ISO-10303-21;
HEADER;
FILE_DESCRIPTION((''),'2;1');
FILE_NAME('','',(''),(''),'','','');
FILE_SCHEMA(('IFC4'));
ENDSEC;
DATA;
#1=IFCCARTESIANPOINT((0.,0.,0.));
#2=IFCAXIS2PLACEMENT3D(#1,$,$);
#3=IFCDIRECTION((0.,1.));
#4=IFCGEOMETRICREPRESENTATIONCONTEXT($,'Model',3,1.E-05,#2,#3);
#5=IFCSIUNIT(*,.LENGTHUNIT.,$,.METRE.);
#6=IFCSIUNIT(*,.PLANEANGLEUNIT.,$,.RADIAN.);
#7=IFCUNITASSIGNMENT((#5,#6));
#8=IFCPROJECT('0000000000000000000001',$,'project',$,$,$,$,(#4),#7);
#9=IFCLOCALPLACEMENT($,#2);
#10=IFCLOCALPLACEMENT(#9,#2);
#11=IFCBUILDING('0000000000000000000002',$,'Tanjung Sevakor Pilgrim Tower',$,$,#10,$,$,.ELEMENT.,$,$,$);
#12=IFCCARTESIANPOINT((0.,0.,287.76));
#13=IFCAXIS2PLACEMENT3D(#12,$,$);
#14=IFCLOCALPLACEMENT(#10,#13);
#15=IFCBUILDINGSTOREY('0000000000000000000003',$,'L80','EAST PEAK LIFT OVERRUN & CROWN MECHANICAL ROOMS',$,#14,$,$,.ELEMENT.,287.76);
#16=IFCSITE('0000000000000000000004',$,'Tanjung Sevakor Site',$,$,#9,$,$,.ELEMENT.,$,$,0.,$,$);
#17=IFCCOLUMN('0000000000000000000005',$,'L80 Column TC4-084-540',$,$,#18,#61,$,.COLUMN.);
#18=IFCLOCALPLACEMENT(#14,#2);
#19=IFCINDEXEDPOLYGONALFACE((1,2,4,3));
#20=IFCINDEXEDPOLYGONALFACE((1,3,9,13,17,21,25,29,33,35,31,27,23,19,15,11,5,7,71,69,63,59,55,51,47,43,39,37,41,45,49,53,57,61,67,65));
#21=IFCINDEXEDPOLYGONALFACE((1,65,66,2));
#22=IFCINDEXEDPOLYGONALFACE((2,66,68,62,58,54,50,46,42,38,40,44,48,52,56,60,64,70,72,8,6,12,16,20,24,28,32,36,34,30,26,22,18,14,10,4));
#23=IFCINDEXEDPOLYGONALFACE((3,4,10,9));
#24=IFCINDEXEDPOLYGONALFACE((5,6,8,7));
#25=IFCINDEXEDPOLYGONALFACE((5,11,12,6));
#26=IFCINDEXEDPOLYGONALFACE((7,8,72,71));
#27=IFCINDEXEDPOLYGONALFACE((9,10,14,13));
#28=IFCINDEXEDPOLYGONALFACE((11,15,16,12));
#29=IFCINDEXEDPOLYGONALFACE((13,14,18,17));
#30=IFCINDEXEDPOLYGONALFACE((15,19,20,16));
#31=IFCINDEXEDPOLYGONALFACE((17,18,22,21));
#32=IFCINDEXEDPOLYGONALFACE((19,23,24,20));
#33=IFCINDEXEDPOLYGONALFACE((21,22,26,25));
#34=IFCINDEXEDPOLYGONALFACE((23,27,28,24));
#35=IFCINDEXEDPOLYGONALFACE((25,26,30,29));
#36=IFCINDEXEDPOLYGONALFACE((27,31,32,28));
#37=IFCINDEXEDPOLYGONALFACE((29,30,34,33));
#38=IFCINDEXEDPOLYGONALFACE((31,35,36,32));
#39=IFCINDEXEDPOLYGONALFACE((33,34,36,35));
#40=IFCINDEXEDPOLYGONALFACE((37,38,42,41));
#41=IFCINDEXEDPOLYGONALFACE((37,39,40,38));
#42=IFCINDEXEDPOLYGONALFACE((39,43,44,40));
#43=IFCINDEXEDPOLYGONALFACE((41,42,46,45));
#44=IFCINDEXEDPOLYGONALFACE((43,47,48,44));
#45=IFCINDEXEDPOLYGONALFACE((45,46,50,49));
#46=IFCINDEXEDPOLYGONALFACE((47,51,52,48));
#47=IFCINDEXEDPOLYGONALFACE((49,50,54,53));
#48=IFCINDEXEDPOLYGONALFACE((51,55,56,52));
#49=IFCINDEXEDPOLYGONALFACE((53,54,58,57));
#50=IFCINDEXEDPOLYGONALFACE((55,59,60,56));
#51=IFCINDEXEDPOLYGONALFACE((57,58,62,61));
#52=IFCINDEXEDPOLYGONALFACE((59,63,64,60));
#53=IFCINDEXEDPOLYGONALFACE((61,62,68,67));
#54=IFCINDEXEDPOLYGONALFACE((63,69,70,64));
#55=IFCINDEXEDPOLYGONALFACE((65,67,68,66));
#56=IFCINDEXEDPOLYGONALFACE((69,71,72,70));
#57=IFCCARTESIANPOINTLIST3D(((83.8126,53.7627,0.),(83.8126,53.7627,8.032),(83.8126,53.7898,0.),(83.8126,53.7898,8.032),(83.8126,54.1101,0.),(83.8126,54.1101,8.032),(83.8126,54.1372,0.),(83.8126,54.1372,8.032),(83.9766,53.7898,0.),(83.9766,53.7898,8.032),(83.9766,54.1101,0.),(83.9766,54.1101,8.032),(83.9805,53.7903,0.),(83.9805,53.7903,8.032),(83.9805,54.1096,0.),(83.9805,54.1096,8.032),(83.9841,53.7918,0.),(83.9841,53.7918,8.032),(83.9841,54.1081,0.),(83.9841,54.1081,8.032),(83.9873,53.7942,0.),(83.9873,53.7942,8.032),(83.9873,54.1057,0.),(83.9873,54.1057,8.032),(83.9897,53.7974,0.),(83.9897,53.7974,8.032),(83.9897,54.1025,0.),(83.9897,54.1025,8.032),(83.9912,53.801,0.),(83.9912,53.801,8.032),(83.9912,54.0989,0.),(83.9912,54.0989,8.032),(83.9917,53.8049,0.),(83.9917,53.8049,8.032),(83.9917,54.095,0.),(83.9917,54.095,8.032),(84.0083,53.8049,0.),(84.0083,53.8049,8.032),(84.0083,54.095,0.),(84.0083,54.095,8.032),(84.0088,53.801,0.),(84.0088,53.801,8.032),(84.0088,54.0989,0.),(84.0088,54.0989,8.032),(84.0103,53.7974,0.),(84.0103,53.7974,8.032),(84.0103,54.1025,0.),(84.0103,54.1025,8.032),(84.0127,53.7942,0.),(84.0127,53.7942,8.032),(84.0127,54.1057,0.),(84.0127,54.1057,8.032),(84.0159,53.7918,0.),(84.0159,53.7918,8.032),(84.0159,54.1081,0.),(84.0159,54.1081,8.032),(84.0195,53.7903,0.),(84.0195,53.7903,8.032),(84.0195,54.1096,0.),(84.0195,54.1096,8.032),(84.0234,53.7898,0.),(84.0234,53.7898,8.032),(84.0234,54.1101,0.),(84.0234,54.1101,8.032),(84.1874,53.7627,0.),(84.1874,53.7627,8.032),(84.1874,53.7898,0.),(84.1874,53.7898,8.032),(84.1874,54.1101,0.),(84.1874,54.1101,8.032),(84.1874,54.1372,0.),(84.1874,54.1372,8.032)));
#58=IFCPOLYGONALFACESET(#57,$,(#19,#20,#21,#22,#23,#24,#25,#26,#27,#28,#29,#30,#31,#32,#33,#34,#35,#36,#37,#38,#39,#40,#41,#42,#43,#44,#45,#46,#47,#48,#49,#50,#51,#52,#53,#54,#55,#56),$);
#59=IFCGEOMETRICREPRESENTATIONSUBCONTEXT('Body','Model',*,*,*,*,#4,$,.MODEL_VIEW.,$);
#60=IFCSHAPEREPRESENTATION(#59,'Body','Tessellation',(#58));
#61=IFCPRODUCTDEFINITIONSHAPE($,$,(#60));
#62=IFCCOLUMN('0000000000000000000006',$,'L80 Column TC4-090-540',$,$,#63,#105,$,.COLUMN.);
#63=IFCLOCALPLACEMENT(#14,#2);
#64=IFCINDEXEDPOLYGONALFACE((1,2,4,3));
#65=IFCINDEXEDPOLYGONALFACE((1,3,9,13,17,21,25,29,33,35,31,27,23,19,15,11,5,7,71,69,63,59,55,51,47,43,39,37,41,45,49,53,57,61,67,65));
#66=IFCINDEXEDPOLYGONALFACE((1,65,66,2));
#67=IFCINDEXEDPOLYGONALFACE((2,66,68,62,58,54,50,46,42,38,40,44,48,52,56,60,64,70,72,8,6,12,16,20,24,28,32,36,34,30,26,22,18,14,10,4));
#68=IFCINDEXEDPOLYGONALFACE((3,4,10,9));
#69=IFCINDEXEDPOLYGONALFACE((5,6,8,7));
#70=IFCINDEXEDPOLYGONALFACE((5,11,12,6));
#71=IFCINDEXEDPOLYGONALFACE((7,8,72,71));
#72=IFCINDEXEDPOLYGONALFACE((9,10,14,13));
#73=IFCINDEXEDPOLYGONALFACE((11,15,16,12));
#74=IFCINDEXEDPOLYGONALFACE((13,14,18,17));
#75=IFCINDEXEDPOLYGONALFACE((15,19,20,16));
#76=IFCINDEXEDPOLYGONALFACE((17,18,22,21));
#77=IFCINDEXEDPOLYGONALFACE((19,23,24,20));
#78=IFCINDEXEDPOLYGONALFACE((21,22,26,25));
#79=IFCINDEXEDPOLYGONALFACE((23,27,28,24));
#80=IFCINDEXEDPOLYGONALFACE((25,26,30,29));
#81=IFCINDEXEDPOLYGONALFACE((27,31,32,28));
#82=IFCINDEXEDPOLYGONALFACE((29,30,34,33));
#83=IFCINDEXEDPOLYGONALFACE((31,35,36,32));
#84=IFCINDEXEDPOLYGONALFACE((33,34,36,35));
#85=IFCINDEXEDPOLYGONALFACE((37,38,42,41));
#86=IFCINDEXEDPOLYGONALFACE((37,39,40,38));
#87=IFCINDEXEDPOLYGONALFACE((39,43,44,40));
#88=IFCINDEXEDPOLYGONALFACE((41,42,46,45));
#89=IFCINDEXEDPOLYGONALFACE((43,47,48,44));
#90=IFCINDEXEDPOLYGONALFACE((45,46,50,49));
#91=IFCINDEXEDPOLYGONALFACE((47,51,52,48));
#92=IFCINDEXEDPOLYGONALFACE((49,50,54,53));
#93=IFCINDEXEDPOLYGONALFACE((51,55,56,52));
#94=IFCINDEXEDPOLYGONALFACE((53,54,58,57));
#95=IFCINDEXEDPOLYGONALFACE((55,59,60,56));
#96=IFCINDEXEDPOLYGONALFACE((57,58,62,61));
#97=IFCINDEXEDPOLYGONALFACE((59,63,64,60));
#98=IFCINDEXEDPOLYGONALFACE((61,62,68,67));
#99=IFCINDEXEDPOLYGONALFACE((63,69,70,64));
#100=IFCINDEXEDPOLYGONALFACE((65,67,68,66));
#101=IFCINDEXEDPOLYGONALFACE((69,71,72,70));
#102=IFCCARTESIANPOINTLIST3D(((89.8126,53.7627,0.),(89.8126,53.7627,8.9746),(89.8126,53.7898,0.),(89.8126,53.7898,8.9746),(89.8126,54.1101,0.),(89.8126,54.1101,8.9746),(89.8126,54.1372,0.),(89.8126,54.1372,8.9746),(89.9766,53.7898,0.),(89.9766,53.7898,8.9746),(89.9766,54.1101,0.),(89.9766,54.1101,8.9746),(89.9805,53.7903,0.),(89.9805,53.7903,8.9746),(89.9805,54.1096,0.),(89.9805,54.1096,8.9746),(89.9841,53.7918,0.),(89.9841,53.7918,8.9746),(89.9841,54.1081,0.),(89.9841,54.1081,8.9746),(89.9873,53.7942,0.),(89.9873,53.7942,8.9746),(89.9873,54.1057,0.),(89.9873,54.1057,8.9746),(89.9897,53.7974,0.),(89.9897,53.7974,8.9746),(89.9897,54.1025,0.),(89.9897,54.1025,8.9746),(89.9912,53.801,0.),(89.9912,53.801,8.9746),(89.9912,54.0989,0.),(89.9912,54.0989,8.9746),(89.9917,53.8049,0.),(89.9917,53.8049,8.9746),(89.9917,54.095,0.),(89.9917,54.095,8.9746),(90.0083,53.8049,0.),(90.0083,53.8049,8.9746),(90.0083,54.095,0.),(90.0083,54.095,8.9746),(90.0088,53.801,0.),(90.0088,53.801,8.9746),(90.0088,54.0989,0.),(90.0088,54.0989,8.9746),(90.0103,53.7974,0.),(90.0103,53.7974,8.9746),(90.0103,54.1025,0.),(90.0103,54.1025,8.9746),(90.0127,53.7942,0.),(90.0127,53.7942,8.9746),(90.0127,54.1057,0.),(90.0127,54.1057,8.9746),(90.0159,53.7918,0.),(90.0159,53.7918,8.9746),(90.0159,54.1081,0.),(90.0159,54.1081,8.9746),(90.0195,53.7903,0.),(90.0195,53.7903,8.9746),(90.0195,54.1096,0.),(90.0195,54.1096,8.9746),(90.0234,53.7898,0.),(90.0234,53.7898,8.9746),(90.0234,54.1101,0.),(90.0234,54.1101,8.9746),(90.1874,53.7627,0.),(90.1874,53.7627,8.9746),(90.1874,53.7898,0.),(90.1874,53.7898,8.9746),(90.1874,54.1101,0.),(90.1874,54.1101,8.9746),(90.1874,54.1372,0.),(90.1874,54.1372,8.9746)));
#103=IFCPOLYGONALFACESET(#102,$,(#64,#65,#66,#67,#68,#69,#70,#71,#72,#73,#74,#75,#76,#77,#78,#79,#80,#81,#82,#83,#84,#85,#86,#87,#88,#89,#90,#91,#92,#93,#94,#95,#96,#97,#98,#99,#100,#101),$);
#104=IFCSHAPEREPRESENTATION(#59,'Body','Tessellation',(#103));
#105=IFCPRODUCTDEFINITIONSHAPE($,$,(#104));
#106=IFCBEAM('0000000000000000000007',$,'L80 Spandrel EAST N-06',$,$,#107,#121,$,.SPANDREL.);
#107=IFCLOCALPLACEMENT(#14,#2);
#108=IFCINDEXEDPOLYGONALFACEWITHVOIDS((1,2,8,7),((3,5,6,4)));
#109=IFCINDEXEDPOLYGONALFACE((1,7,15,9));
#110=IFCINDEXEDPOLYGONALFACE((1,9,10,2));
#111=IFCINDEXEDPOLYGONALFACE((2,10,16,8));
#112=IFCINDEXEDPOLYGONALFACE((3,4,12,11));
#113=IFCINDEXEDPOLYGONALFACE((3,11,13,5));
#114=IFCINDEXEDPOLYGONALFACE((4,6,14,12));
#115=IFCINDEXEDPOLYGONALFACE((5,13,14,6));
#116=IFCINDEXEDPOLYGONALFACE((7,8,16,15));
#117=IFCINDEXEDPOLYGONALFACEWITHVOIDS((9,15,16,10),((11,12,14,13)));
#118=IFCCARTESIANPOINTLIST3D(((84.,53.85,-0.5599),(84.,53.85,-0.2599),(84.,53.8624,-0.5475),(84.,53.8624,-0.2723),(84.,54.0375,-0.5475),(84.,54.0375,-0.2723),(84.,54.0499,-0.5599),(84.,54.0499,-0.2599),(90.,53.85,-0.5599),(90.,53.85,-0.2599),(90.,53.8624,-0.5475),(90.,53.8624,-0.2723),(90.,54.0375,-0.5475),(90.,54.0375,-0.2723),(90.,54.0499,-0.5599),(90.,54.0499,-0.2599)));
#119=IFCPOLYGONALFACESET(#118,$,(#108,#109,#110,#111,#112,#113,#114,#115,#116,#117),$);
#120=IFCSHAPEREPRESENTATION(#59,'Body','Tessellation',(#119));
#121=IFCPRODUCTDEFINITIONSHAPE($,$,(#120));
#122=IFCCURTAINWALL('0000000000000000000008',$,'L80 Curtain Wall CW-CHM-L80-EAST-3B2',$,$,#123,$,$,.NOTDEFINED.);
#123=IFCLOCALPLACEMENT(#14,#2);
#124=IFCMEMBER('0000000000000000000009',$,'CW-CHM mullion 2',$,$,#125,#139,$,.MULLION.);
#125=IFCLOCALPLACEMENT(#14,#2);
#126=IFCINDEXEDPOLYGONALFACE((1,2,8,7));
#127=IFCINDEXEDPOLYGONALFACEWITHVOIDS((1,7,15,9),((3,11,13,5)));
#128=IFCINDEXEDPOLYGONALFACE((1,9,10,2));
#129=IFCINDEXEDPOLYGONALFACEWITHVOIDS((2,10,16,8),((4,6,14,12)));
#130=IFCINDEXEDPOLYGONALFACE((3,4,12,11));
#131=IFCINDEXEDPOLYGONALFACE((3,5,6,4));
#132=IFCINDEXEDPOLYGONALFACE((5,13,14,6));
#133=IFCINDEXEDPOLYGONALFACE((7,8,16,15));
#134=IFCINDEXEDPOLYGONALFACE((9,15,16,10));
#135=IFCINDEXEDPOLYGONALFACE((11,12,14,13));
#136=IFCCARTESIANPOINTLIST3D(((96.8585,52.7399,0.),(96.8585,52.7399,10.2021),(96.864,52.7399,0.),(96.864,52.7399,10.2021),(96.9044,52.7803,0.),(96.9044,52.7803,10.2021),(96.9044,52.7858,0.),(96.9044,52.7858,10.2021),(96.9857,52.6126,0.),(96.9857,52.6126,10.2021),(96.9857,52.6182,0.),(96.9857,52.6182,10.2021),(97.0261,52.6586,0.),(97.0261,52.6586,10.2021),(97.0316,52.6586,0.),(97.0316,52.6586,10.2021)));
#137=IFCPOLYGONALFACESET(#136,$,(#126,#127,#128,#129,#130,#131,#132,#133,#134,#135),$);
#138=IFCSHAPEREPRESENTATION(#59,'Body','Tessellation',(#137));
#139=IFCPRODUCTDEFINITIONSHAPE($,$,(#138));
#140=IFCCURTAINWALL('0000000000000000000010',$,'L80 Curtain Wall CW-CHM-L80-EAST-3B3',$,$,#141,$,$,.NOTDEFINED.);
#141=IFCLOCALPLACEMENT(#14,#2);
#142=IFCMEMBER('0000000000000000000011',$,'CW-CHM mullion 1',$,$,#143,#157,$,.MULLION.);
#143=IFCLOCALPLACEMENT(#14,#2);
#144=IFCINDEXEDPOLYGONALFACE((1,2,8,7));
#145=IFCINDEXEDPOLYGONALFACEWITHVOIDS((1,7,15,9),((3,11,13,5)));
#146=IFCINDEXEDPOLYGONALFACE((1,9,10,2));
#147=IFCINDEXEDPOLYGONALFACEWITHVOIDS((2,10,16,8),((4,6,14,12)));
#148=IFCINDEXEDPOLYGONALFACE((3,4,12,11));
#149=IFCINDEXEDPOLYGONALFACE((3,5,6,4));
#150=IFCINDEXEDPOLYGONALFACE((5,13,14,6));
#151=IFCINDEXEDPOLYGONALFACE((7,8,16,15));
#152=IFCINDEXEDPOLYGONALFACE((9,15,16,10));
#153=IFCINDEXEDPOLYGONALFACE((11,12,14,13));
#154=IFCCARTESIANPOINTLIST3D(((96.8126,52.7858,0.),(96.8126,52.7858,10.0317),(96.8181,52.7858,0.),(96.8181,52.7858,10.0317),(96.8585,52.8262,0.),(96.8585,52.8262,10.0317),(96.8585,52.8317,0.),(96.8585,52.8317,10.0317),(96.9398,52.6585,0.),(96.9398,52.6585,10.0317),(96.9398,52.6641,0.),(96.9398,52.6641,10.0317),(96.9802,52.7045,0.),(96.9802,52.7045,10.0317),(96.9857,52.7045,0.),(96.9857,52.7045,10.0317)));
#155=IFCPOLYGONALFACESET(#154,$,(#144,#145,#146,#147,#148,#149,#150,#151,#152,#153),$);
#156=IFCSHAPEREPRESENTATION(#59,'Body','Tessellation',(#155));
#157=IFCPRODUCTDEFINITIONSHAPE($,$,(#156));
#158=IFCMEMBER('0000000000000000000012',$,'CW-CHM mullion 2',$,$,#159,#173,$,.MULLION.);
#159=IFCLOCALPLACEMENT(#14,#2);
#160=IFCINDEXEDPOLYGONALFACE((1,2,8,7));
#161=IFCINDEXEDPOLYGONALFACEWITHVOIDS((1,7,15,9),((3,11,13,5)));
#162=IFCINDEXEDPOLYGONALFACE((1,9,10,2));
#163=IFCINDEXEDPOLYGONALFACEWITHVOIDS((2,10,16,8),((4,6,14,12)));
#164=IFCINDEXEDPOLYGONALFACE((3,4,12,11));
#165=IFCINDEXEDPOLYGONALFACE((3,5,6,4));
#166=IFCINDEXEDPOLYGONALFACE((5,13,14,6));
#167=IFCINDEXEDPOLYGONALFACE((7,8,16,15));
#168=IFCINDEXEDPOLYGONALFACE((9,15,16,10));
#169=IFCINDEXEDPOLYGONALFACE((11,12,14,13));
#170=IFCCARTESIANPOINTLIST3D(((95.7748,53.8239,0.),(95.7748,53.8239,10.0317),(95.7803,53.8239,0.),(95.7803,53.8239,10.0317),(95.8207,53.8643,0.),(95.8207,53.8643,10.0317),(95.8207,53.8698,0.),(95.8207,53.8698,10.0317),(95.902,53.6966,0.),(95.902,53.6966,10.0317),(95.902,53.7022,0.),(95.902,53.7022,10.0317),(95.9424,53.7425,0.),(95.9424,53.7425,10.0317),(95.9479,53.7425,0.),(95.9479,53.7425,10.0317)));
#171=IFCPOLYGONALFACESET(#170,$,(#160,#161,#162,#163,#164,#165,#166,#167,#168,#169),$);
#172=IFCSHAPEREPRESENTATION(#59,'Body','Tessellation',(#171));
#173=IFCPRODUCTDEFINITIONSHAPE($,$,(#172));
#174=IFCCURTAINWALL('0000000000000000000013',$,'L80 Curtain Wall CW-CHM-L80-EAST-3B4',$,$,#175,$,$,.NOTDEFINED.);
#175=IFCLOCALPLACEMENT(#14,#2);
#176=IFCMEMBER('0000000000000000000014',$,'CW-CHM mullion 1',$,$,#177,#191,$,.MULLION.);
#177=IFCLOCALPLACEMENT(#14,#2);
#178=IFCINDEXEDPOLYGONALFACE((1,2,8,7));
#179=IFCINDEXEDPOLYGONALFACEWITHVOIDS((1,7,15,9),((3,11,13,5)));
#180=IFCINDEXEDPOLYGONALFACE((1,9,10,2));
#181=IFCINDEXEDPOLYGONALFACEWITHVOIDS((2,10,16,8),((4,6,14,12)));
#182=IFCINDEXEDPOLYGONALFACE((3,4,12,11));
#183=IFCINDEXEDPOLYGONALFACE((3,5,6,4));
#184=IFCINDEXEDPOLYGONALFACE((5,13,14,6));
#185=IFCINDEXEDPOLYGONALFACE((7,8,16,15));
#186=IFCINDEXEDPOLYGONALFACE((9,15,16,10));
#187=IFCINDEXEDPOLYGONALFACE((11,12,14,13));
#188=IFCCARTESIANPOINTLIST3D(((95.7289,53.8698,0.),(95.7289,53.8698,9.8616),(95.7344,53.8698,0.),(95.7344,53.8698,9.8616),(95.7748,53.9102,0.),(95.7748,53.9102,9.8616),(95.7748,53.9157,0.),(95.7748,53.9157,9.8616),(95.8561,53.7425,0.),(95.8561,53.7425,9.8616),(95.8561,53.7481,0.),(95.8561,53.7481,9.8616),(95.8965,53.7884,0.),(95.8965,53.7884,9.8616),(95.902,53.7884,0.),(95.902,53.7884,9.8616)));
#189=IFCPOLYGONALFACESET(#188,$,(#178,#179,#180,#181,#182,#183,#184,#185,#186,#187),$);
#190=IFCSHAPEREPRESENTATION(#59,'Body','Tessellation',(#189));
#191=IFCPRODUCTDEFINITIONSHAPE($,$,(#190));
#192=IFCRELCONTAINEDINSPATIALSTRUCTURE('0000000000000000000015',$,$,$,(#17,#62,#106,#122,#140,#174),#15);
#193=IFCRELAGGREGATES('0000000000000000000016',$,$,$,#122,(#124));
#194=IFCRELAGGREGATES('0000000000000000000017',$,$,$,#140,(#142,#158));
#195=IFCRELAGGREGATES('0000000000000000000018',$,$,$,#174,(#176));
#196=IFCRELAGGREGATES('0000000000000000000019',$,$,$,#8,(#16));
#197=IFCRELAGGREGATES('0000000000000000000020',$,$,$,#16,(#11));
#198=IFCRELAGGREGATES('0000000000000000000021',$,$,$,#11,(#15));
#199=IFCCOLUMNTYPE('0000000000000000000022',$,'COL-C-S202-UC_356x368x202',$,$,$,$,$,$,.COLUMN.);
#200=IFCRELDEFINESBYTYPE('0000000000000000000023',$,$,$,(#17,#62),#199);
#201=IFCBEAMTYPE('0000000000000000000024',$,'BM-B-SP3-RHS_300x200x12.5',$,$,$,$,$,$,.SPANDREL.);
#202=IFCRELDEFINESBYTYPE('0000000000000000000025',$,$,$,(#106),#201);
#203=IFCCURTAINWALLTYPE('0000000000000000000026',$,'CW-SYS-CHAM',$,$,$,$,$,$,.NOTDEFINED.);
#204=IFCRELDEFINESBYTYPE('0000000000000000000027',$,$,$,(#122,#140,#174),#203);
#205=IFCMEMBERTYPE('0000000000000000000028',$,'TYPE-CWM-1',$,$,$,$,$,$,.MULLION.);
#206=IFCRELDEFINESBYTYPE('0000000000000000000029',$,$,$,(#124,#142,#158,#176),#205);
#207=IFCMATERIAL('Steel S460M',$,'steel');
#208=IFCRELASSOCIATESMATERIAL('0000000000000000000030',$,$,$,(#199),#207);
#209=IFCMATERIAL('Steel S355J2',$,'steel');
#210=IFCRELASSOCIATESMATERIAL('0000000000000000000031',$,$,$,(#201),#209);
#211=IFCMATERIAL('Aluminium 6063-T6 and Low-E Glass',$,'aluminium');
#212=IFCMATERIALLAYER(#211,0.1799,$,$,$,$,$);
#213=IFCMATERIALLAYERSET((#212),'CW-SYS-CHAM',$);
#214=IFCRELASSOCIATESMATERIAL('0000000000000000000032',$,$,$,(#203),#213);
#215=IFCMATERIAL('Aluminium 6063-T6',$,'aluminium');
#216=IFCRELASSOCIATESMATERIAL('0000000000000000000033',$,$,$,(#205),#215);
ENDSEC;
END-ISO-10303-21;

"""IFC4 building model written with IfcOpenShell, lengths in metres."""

from ifc_helpers import new_model, si_unit, direction, frame, origin, origin_2d, place, context, subcontext, project, spatial, hollow_rectangle, i_section, extrude, material, layer, layer_set, material_profile, profile_set, type_object, element, aggregate, save


model = new_model("IFC4")

# Units and contexts
model_context = context("Model", 3, precision=1e-05, world=origin(), true_north=direction((0.0, 1.0)))
body_context = subcontext(model_context, "Body", "Model", "MODEL_VIEW")
ifc_project = project(units=[si_unit("LENGTHUNIT", "METRE"), si_unit("PLANEANGLEUNIT", "RADIAN")], contexts=[model_context])

# Site, building, storey
site_placement = place(None, origin())
site = spatial("IfcSite", under=ifc_project, at=site_placement, Name="Tanjung Sevakor Site", CompositionType="ELEMENT", RefElevation=0.0)
building_placement = place(site_placement, origin())
building = spatial("IfcBuilding", under=site, at=building_placement, Name="Tanjung Sevakor Pilgrim Tower", CompositionType="ELEMENT")
storey_placement = place(building_placement, frame((0.0, 0.0, 287.76)))
storey = spatial("IfcBuildingStorey", under=building, at=storey_placement, Name="L80", Description="EAST PEAK LIFT OVERRUN & CROWN MECHANICAL ROOMS", CompositionType="ELEMENT", Elevation=287.76)

# Columns
ifc_material_1 = material(Name="Steel S460M", Category="steel")
ifc_material_profile_1 = material_profile(ifc_material_1, i_section(OverallWidth=0.3748, OverallDepth=0.3745, WebThickness=0.0166, FlangeThickness=0.0271, FilletRadius=0.0151, at=origin_2d()))
ifc_profile_set_1 = profile_set([ifc_material_profile_1], Name="Steel S460M")
column_type = type_object("IfcColumnType", Name="COL-C-S202-UC_356x368x202", PredefinedType="COLUMN", material=ifc_profile_set_1)
column_1_placement = place(storey_placement, frame((84.0, 53.95, 0.0), z_axis=(0.0, 0.0, 1.0), x_axis=(1.0, 0.0, 0.0)))
element("IfcColumn", 1, at=column_1_placement, inside=storey, type_object=column_type, Name="L80 Column TC4-084-540", PredefinedType="COLUMN", context=body_context, shape_type="SweptSolid", body=[
    extrude(i_section(OverallWidth=0.3748, OverallDepth=0.3745, WebThickness=0.0166, FlangeThickness=0.0271, FilletRadius=0.0151, at=origin_2d()), origin(), (0.0, 0.0, 1.0), 8.032),
])
column_2_placement = place(storey_placement, frame((90.0, 53.95, 0.0), z_axis=(0.0, 0.0, 1.0), x_axis=(1.0, 0.0, 0.0)))
element("IfcColumn", 2, at=column_2_placement, inside=storey, type_object=column_type, Name="L80 Column TC4-090-540", PredefinedType="COLUMN", context=body_context, shape_type="SweptSolid", body=[
    extrude(i_section(OverallWidth=0.3748, OverallDepth=0.3745, WebThickness=0.0166, FlangeThickness=0.0271, FilletRadius=0.0151, at=origin_2d()), origin(), (0.0, 0.0, 1.0), 8.9746),
])

# Beam
ifc_material_2 = material(Name="Steel S355J2", Category="steel")
ifc_material_profile_2 = material_profile(ifc_material_2, hollow_rectangle(XDim=0.2, YDim=0.3, WallThickness=0.0125, at=origin_2d()))
ifc_profile_set_2 = profile_set([ifc_material_profile_2], Name="Steel S355J2")
beam_type = type_object("IfcBeamType", Name="BM-B-SP3-RHS_300x200x12.5", PredefinedType="SPANDREL", material=ifc_profile_set_2)
beam_placement = place(storey_placement, frame((84.0, 53.95, -0.4099), z_axis=(1.0, 0.0, 0.0), x_axis=(0.0, 1.0, 0.0)))
element("IfcBeam", 3, at=beam_placement, inside=storey, type_object=beam_type, Name="L80 Spandrel EAST N-06", PredefinedType="SPANDREL", context=body_context, shape_type="SweptSolid", body=[
    extrude(hollow_rectangle(XDim=0.2, YDim=0.3, WallThickness=0.0125, at=origin_2d()), origin(), (0.0, 0.0, 1.0), 6.0),
])

# Curtain wall, member
ifc_material_3 = material(Name="Aluminium 6063-T6 and Low-E Glass", Category="aluminium")
ifc_layer_1 = layer(ifc_material_3, 0.1799)
ifc_layer_set_1 = layer_set([ifc_layer_1], Name="CW-SYS-CHAM")
curtain_wall_type_1 = type_object("IfcCurtainWallType", Name="CW-SYS-CHAM", PredefinedType="NOTDEFINED", material=ifc_layer_set_1)
curtain_wall_1_placement = place(storey_placement, origin())
curtain_wall_1 = element("IfcCurtainWall", 4, at=curtain_wall_1_placement, inside=storey, type_object=curtain_wall_type_1, Name="L80 Curtain Wall CW-CHM-L80-EAST-3B2", PredefinedType="NOTDEFINED")
ifc_material_4 = material(Name="Aluminium 6063-T6", Category="aluminium")
ifc_material_profile_3 = material_profile(ifc_material_4, hollow_rectangle(XDim=0.0649, YDim=0.1799, WallThickness=0.0039, at=origin_2d()))
ifc_profile_set_3 = profile_set([ifc_material_profile_3], Name="Aluminium 6063-T6")
member_type_1 = type_object("IfcMemberType", Name="TYPE-CWM-1", PredefinedType="MULLION", material=ifc_profile_set_3)
member_1_placement = place(storey_placement, frame((96.9451, 52.6992, 0.0), z_axis=(0.0, 0.0, 1.0), x_axis=(-0.707107, -0.707107, 0.0)))
member_1 = element("IfcMember", 5, at=member_1_placement, type_object=member_type_1, Name="CW-CHM mullion 2", PredefinedType="MULLION", context=body_context, shape_type="SweptSolid", body=[
    extrude(hollow_rectangle(XDim=0.0649, YDim=0.1799, WallThickness=0.0039, at=origin_2d()), origin(), (0.0, 0.0, 1.0), 10.2021),
])

# Curtain walls, members
curtain_wall_2_placement = place(storey_placement, origin())
curtain_wall_2 = element("IfcCurtainWall", 6, at=curtain_wall_2_placement, inside=storey, type_object=curtain_wall_type_1, Name="L80 Curtain Wall CW-CHM-L80-EAST-3B3", PredefinedType="NOTDEFINED")
member_2_placement = place(storey_placement, frame((96.8992, 52.7451, 0.0), z_axis=(0.0, 0.0, 1.0), x_axis=(-0.707107, -0.707107, 0.0)))
member_2 = element("IfcMember", 7, at=member_2_placement, type_object=member_type_1, Name="CW-CHM mullion 1", PredefinedType="MULLION", context=body_context, shape_type="SweptSolid", body=[
    extrude(hollow_rectangle(XDim=0.0649, YDim=0.1799, WallThickness=0.0039, at=origin_2d()), origin(), (0.0, 0.0, 1.0), 10.0317),
])
member_3_placement = place(storey_placement, frame((95.8613, 53.7832, 0.0), z_axis=(0.0, 0.0, 1.0), x_axis=(-0.707107, -0.707107, 0.0)))
member_3 = element("IfcMember", 8, at=member_3_placement, type_object=member_type_1, Name="CW-CHM mullion 2", PredefinedType="MULLION", context=body_context, shape_type="SweptSolid", body=[
    extrude(hollow_rectangle(XDim=0.0649, YDim=0.1799, WallThickness=0.0039, at=origin_2d()), origin(), (0.0, 0.0, 1.0), 10.0317),
])
curtain_wall_3_placement = place(storey_placement, origin())
curtain_wall_3 = element("IfcCurtainWall", 9, at=curtain_wall_3_placement, inside=storey, type_object=curtain_wall_type_1, Name="L80 Curtain Wall CW-CHM-L80-EAST-3B4", PredefinedType="NOTDEFINED")
member_4_placement = place(storey_placement, frame((95.8154, 53.8291, 0.0), z_axis=(0.0, 0.0, 1.0), x_axis=(-0.707107, -0.707107, 0.0)))
member_4 = element("IfcMember", 10, at=member_4_placement, type_object=member_type_1, Name="CW-CHM mullion 1", PredefinedType="MULLION", context=body_context, shape_type="SweptSolid", body=[
    extrude(hollow_rectangle(XDim=0.0649, YDim=0.1799, WallThickness=0.0039, at=origin_2d()), origin(), (0.0, 0.0, 1.0), 9.8616),
])

aggregate(curtain_wall_1, [member_1])
aggregate(curtain_wall_2, [member_2, member_3])
aggregate(curtain_wall_3, [member_4])

save(model, "model.ifc")
